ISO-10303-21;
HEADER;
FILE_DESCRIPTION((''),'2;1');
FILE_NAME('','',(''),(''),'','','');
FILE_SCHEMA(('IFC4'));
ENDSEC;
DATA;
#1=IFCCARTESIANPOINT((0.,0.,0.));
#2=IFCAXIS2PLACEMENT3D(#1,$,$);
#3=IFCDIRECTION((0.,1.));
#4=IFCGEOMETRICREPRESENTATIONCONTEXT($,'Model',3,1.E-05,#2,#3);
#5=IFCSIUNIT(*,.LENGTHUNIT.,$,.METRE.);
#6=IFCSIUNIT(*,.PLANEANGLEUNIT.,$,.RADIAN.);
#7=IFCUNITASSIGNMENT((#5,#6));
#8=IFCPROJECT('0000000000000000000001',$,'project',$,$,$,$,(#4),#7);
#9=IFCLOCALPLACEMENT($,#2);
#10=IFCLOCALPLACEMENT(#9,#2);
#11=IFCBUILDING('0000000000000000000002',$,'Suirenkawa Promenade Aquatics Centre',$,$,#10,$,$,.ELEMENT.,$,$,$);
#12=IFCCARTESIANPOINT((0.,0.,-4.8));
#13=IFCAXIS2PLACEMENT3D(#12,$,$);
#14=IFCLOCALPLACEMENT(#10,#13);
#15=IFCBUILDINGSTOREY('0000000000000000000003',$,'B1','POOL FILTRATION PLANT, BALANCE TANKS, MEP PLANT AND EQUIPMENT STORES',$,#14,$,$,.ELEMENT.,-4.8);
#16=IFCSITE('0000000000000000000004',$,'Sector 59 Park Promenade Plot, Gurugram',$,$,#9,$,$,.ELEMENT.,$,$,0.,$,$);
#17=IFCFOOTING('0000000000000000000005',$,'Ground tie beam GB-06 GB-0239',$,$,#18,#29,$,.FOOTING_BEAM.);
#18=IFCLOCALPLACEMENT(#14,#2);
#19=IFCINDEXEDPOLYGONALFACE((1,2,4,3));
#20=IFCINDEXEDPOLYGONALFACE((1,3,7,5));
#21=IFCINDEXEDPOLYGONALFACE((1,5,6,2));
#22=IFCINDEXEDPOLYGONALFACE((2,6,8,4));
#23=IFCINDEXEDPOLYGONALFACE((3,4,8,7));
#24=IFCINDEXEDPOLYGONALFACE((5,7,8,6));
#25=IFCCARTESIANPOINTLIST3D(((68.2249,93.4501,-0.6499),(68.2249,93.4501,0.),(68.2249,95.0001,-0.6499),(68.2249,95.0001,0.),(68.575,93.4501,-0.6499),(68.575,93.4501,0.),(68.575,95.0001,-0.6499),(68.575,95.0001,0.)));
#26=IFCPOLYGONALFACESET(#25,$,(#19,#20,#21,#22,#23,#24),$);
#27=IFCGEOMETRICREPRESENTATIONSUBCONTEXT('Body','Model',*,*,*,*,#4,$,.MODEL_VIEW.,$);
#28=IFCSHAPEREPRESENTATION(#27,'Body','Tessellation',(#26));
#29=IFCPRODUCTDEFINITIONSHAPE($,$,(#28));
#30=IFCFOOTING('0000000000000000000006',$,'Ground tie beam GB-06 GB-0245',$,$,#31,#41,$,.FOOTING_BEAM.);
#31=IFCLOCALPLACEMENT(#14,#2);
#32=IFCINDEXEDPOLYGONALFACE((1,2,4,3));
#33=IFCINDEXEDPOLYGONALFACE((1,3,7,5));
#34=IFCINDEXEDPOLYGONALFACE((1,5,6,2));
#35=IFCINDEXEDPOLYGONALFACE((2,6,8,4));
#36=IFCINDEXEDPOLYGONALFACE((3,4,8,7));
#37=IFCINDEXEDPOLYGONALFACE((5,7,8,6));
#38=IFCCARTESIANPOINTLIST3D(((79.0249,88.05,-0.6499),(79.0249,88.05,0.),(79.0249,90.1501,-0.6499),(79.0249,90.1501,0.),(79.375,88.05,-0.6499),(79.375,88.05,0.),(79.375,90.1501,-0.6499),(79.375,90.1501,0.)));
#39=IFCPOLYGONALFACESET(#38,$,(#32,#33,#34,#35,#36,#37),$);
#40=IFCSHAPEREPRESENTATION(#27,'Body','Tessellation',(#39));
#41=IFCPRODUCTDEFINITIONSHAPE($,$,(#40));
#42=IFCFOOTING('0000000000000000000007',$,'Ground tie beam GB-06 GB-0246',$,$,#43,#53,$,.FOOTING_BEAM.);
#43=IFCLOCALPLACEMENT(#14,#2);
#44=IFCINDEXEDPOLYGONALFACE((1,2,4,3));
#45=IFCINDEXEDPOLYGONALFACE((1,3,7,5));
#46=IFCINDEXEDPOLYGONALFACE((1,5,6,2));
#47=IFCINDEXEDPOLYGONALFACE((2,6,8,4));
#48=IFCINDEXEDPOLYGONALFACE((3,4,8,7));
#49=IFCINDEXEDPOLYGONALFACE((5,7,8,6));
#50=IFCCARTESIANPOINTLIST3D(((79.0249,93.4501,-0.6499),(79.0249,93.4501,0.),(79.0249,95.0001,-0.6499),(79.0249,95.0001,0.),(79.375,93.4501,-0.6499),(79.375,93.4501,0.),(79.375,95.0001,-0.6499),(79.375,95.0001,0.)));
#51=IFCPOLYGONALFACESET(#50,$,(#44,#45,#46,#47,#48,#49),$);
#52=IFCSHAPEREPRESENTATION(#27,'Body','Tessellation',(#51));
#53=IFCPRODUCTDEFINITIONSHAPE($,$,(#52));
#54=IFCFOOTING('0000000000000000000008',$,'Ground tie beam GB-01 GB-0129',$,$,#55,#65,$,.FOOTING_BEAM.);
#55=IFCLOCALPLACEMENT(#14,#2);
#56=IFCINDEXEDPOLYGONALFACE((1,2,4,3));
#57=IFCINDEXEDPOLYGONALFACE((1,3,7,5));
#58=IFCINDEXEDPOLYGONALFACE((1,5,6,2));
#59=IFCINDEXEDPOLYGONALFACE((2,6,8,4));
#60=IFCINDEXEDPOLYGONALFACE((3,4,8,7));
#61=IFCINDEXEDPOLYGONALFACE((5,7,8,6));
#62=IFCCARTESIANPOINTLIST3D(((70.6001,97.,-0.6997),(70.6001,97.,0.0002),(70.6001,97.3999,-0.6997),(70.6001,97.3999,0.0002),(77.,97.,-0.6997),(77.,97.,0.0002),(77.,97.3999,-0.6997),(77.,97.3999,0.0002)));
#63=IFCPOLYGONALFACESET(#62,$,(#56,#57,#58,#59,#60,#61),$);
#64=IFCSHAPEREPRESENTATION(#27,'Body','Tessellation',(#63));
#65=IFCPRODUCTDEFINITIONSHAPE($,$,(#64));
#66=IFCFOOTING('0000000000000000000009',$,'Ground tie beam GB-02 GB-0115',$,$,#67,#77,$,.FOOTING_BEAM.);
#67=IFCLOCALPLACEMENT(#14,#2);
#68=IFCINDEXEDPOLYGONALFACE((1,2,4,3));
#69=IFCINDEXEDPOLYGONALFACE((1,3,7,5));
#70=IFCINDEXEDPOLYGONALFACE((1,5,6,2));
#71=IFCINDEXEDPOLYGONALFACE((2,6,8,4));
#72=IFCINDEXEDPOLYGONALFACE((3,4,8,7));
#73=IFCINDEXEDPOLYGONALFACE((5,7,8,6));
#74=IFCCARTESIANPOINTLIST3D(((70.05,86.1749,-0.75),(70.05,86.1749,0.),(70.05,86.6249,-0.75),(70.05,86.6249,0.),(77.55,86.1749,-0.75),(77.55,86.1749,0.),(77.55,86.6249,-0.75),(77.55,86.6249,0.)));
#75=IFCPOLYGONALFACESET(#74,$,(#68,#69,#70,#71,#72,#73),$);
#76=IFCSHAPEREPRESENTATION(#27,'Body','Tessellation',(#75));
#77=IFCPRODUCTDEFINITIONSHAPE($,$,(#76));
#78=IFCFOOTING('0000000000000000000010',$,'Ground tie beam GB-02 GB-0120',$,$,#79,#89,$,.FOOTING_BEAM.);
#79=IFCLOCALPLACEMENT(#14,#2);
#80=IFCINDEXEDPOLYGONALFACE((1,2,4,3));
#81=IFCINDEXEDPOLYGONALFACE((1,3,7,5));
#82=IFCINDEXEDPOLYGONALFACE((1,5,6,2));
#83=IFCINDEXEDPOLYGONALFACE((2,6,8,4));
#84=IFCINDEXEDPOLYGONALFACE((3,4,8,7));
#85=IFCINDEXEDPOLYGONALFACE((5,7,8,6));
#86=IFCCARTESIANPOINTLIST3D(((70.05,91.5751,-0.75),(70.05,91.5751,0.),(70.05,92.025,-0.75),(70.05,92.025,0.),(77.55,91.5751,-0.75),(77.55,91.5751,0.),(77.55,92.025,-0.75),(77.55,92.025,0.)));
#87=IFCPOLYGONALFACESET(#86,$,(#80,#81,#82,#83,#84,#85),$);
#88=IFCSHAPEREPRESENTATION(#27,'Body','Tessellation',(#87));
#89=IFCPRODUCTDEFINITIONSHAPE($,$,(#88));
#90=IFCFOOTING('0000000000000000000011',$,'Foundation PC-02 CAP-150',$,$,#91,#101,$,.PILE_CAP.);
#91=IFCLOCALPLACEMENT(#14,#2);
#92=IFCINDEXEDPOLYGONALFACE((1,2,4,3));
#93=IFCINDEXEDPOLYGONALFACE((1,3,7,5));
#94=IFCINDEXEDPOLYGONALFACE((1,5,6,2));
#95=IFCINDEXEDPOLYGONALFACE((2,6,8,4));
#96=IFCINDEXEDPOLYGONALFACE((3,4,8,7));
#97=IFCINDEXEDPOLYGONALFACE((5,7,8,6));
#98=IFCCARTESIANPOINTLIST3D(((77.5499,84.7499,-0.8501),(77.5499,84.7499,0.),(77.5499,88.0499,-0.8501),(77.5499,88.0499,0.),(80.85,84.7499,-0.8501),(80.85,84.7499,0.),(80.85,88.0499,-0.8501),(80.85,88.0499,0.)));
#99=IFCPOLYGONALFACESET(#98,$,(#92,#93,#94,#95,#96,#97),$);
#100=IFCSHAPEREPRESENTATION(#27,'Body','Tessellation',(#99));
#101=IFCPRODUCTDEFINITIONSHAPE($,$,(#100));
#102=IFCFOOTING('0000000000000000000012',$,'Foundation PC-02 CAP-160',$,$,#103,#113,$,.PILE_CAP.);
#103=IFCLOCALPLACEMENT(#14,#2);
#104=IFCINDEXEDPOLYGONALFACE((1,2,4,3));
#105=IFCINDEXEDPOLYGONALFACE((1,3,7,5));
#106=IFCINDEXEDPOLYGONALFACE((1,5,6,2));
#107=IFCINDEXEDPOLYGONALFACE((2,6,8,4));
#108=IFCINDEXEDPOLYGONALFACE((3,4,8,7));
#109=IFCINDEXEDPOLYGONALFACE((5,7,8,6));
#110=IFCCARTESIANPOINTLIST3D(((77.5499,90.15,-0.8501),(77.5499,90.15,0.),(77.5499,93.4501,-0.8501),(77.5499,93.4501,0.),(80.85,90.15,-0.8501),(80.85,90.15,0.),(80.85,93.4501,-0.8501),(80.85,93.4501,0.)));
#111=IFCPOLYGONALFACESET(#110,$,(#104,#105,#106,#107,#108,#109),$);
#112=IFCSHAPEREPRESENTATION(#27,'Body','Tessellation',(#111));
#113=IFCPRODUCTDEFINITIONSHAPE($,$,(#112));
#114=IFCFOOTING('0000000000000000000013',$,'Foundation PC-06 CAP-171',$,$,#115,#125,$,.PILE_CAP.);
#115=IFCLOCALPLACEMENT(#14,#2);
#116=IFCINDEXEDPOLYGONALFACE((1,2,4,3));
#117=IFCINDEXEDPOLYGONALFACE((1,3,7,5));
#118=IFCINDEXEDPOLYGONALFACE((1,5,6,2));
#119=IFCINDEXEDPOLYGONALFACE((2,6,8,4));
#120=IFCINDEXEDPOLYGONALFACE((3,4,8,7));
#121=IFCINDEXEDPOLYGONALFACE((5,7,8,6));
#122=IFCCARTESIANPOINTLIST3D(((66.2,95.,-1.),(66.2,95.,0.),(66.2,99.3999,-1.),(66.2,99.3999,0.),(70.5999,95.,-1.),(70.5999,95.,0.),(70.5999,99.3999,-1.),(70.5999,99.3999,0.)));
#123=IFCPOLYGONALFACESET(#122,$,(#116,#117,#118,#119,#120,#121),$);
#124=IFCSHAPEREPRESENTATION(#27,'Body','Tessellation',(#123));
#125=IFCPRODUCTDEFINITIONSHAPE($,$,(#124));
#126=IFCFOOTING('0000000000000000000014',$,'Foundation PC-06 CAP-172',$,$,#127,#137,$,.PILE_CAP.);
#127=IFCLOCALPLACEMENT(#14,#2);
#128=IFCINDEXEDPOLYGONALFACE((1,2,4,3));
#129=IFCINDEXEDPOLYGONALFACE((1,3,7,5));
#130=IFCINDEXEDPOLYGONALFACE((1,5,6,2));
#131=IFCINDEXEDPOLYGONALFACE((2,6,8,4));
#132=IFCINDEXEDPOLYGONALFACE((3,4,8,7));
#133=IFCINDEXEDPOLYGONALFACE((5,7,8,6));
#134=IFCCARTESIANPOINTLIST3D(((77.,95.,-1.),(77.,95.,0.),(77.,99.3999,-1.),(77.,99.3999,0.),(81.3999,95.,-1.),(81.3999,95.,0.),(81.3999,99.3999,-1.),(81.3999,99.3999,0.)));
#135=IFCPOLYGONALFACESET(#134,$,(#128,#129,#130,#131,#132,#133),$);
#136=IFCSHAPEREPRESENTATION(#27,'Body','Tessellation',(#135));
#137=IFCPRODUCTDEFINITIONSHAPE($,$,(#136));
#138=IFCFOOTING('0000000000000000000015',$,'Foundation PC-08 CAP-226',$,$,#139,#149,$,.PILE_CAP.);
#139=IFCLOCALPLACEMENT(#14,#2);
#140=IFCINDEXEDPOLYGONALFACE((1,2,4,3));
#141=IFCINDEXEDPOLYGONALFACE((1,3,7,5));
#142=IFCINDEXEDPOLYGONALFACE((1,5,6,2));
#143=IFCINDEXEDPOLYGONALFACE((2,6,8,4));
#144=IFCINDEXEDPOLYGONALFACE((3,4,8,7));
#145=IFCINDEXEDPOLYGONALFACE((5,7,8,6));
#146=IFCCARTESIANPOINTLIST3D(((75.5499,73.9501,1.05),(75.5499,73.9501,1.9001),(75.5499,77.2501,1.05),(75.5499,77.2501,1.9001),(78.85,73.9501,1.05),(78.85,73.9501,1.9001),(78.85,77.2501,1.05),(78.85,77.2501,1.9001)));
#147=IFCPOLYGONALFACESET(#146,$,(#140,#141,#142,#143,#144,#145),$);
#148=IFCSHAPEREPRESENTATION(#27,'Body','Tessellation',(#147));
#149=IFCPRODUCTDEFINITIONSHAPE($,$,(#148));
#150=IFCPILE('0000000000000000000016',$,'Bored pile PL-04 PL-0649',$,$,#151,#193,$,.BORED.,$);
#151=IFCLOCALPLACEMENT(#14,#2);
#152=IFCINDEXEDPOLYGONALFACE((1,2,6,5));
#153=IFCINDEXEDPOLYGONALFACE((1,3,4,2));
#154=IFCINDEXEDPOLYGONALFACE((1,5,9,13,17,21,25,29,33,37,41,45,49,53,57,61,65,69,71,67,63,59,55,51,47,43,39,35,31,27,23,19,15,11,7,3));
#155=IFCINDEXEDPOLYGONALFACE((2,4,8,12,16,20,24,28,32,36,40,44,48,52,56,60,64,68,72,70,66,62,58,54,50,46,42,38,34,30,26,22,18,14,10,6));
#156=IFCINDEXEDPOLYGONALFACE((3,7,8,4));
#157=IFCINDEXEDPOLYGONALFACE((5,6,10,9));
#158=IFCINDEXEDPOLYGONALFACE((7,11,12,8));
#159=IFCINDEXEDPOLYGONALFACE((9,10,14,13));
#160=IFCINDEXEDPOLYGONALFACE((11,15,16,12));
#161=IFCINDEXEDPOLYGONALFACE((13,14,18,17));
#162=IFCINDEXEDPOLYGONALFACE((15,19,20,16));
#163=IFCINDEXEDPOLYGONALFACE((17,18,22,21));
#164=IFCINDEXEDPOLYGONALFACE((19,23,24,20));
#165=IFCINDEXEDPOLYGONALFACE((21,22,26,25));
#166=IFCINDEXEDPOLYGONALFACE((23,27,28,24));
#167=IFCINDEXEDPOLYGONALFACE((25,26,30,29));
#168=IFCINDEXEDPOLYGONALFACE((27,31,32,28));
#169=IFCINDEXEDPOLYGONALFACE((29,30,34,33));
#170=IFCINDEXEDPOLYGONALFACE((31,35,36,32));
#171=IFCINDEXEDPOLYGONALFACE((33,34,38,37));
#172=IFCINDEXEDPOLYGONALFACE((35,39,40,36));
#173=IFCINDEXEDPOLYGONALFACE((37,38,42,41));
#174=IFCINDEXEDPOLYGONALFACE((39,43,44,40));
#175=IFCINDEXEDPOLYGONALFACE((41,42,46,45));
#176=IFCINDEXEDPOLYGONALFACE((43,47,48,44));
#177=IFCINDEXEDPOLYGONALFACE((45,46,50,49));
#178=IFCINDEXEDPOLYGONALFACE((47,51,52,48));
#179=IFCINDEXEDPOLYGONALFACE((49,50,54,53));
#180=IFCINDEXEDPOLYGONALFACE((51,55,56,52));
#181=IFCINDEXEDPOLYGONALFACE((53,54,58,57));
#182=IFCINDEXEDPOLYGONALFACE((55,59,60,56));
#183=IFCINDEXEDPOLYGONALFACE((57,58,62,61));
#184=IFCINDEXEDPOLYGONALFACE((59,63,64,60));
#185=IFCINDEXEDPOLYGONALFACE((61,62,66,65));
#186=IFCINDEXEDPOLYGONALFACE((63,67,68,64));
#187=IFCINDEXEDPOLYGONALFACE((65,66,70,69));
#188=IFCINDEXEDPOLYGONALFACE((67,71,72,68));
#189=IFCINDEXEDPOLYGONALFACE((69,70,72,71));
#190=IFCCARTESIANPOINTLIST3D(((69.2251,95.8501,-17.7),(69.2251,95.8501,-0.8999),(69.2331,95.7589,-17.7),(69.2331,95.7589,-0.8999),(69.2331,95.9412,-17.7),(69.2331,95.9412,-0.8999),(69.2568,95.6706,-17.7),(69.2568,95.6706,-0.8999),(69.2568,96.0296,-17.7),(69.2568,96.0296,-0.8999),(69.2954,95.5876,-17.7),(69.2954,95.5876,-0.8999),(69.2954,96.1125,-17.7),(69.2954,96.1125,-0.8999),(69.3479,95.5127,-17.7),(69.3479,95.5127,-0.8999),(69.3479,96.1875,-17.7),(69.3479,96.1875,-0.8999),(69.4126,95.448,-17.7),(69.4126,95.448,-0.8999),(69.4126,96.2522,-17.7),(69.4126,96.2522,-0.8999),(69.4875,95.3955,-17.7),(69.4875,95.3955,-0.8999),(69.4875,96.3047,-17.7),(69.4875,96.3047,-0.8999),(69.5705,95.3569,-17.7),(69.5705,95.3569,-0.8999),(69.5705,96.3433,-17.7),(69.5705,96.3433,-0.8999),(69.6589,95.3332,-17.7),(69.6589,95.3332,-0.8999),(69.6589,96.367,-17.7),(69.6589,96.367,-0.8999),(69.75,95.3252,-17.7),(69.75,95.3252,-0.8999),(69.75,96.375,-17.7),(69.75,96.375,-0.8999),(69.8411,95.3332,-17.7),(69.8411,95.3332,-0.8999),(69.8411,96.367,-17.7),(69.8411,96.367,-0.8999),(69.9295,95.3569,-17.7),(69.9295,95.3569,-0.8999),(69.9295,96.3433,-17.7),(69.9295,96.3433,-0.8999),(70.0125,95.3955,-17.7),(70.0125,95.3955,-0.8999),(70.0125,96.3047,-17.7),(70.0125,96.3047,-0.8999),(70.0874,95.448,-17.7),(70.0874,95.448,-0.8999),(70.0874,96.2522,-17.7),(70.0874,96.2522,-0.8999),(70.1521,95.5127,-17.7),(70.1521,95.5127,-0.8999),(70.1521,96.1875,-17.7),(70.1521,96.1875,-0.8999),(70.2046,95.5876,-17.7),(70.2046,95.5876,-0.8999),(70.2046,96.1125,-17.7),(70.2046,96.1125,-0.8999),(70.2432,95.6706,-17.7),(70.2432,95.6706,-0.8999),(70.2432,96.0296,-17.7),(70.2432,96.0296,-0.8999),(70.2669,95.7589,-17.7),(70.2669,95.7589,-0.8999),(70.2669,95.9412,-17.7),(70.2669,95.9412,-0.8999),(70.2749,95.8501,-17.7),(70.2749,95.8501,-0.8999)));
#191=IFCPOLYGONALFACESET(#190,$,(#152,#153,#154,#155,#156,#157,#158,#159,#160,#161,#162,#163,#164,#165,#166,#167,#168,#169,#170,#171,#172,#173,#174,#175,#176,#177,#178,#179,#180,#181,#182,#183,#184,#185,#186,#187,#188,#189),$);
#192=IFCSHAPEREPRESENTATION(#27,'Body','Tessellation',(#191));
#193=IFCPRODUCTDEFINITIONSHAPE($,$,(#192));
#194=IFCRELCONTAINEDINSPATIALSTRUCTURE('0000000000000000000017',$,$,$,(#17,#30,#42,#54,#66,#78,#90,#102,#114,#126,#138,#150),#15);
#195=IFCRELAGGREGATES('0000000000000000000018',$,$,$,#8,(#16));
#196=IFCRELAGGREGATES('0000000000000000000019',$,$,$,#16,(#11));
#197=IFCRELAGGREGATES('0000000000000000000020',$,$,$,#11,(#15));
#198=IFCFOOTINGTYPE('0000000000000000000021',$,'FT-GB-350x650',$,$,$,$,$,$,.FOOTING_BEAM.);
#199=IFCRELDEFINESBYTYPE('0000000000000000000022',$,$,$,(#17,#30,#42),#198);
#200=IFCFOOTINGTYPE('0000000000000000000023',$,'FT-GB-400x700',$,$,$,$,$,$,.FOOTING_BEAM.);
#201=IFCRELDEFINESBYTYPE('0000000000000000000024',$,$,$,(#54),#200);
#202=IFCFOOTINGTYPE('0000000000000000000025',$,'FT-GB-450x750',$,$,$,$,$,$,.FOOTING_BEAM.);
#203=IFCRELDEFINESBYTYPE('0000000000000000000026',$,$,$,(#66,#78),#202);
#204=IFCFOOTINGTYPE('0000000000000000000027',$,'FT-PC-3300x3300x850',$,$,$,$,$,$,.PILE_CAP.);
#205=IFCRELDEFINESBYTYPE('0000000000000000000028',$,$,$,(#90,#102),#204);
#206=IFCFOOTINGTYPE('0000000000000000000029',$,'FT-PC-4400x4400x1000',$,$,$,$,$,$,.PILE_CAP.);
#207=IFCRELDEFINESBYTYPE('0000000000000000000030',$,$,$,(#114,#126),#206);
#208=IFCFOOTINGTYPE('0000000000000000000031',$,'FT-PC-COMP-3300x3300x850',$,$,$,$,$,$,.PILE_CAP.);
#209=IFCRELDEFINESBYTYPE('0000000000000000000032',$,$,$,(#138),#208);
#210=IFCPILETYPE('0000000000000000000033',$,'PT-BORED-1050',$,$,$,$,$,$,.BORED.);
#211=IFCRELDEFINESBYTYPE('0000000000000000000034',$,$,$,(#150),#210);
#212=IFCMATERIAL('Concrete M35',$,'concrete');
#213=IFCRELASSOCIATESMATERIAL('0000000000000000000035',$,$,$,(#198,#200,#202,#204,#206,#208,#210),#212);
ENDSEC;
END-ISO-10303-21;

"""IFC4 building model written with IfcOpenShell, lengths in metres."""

from ifc_helpers import new_model, si_unit, direction, frame, origin, origin_2d, place, context, subcontext, project, spatial, rectangle, circle, extrude, material, material_profile, profile_set, type_object, element, save


model = new_model("IFC4")

# Units and contexts
model_context = context("Model", 3, precision=1e-05, world=origin(), true_north=direction((0.0, 1.0)))
body_context = subcontext(model_context, "Body", "Model", "MODEL_VIEW")
ifc_project = project(units=[si_unit("LENGTHUNIT", "METRE"), si_unit("PLANEANGLEUNIT", "RADIAN")], contexts=[model_context])

# Site, building, storey
site_placement = place(None, origin())
site = spatial("IfcSite", under=ifc_project, at=site_placement, Name="Sector 59 Park Promenade Plot, Gurugram", CompositionType="ELEMENT", RefElevation=0.0)
building_placement = place(site_placement, origin())
building = spatial("IfcBuilding", under=site, at=building_placement, Name="Suirenkawa Promenade Aquatics Centre", CompositionType="ELEMENT")
storey_placement = place(building_placement, frame((0.0, 0.0, -4.8)))
storey = spatial("IfcBuildingStorey", under=building, at=storey_placement, Name="B1", Description="POOL FILTRATION PLANT, BALANCE TANKS, MEP PLANT AND EQUIPMENT STORES", CompositionType="ELEMENT", Elevation=-4.8)

# Footings
ifc_material_1 = material(Name="Concrete M35", Category="concrete")
footing_type_1 = type_object("IfcFootingType", Name="FT-GB-350x650", PredefinedType="FOOTING_BEAM", material=ifc_material_1)
footing_1_placement = place(storey_placement, frame((68.3999, 94.2251, -0.6499), z_axis=(0.0, 0.0, 1.0), x_axis=(0.0, 1.0, 0.0)))
element("IfcFooting", 1, at=footing_1_placement, inside=storey, type_object=footing_type_1, Name="Ground tie beam GB-06 GB-0239", PredefinedType="FOOTING_BEAM", context=body_context, shape_type="SweptSolid", body=[
    extrude(rectangle(XDim=1.55, YDim=0.3501, at=origin_2d()), origin(), (0.0, 0.0, 1.0), 0.6499),
])
footing_2_placement = place(storey_placement, frame((79.2, 89.1001, -0.6499), z_axis=(0.0, 0.0, 1.0), x_axis=(0.0, 1.0, 0.0)))
element("IfcFooting", 2, at=footing_2_placement, inside=storey, type_object=footing_type_1, Name="Ground tie beam GB-06 GB-0245", PredefinedType="FOOTING_BEAM", context=body_context, shape_type="SweptSolid", body=[
    extrude(rectangle(XDim=2.1001, YDim=0.3501, at=origin_2d()), origin(), (0.0, 0.0, 1.0), 0.6499),
])
footing_3_placement = place(storey_placement, frame((79.2, 94.2251, -0.6499), z_axis=(0.0, 0.0, 1.0), x_axis=(0.0, 1.0, 0.0)))
element("IfcFooting", 3, at=footing_3_placement, inside=storey, type_object=footing_type_1, Name="Ground tie beam GB-06 GB-0246", PredefinedType="FOOTING_BEAM", context=body_context, shape_type="SweptSolid", body=[
    extrude(rectangle(XDim=1.55, YDim=0.3501, at=origin_2d()), origin(), (0.0, 0.0, 1.0), 0.6499),
])
footing_type_2 = type_object("IfcFootingType", Name="FT-GB-400x700", PredefinedType="FOOTING_BEAM", material=ifc_material_1)
footing_4_placement = place(storey_placement, frame((73.8, 97.2, -0.6997), z_axis=(0.0, 0.0, 1.0), x_axis=(1.0, 0.0, 0.0)))
element("IfcFooting", 4, at=footing_4_placement, inside=storey, type_object=footing_type_2, Name="Ground tie beam GB-01 GB-0129", PredefinedType="FOOTING_BEAM", context=body_context, shape_type="SweptSolid", body=[
    extrude(rectangle(XDim=6.3999, YDim=0.3999, at=origin_2d()), origin(), (0.0, 0.0, 1.0), 0.7),
])
footing_type_3 = type_object("IfcFootingType", Name="FT-GB-450x750", PredefinedType="FOOTING_BEAM", material=ifc_material_1)
for number, where, z_axis, x_axis, name in (
    (5, (73.8, 86.3999, -0.75), (0.0, 0.0, 1.0), (1.0, 0.0, 0.0), "Ground tie beam GB-02 GB-0115"),
    (6, (73.8, 91.8, -0.75), (0.0, 0.0, 1.0), (1.0, 0.0, 0.0), "Ground tie beam GB-02 GB-0120"),
):
    element("IfcFooting", number, at=place(storey_placement, frame(where, z_axis=z_axis, x_axis=x_axis)), inside=storey, type_object=footing_type_3, Name=name, PredefinedType="FOOTING_BEAM", context=body_context, shape_type="SweptSolid", body=[
        extrude(rectangle(XDim=7.5, YDim=0.45, at=origin_2d()), origin(), (0.0, 0.0, 1.0), 0.75),
    ])
footing_type_4 = type_object("IfcFootingType", Name="FT-PC-3300x3300x850", PredefinedType="PILE_CAP", material=ifc_material_1)
for number, where, z_axis, x_axis, name in (
    (7, (79.2, 86.3999, -0.8501), (0.0, 0.0, 1.0), (1.0, 0.0, 0.0), "Foundation PC-02 CAP-150"),
    (8, (79.2, 91.8, -0.8501), (0.0, 0.0, 1.0), (1.0, 0.0, 0.0), "Foundation PC-02 CAP-160"),
):
    element("IfcFooting", number, at=place(storey_placement, frame(where, z_axis=z_axis, x_axis=x_axis)), inside=storey, type_object=footing_type_4, Name=name, PredefinedType="PILE_CAP", context=body_context, shape_type="SweptSolid", body=[
        extrude(rectangle(XDim=3.3, YDim=3.3, at=origin_2d()), origin(), (0.0, 0.0, 1.0), 0.8501),
    ])
footing_type_5 = type_object("IfcFootingType", Name="FT-PC-4400x4400x1000", PredefinedType="PILE_CAP", material=ifc_material_1)
for number, where, z_axis, x_axis, name in (
    (9, (68.3999, 97.2, -1.0), (0.0, 0.0, 1.0), (1.0, 0.0, 0.0), "Foundation PC-06 CAP-171"),
    (10, (79.2, 97.2, -1.0), (0.0, 0.0, 1.0), (1.0, 0.0, 0.0), "Foundation PC-06 CAP-172"),
):
    element("IfcFooting", number, at=place(storey_placement, frame(where, z_axis=z_axis, x_axis=x_axis)), inside=storey, type_object=footing_type_5, Name=name, PredefinedType="PILE_CAP", context=body_context, shape_type="SweptSolid", body=[
        extrude(rectangle(XDim=4.3999, YDim=4.3999, at=origin_2d()), origin(), (0.0, 0.0, 1.0), 1.0),
    ])
footing_type_6 = type_object("IfcFootingType", Name="FT-PC-COMP-3300x3300x850", PredefinedType="PILE_CAP", material=ifc_material_1)
footing_5_placement = place(storey_placement, frame((77.2, 75.6001, 1.05), z_axis=(0.0, 0.0, 1.0), x_axis=(1.0, 0.0, 0.0)))
element("IfcFooting", 11, at=footing_5_placement, inside=storey, type_object=footing_type_6, Name="Foundation PC-08 CAP-226", PredefinedType="PILE_CAP", context=body_context, shape_type="SweptSolid", body=[
    extrude(rectangle(XDim=3.3, YDim=3.3, at=origin_2d()), origin(), (0.0, 0.0, 1.0), 0.8501),
])

# Pile
ifc_material_profile_1 = material_profile(ifc_material_1, circle(Radius=0.5249, at=origin_2d()), Name="PILE D1050", Category="concrete")
ifc_profile_set_1 = profile_set([ifc_material_profile_1], Name="Concrete M35")
pile_type_1 = type_object("IfcPileType", Name="PT-BORED-1050", PredefinedType="BORED", material=ifc_profile_set_1)
for number, where, z_axis, x_axis, name in (
    (12, (69.75, 95.8501, -0.8999), (0.0, 0.0, -1.0), (1.0, 0.0, 0.0), "Bored pile PL-04 PL-0649"),
):
    element("IfcPile", number, at=place(storey_placement, frame(where, z_axis=z_axis, x_axis=x_axis)), inside=storey, type_object=pile_type_1, Name=name, PredefinedType="BORED", context=body_context, shape_type="SweptSolid", body=[
        extrude(circle(Radius=0.5249, at=origin_2d()), origin(), (0.0, 0.0, 1.0), 16.8),
    ])

save(model, "model.ifc")
